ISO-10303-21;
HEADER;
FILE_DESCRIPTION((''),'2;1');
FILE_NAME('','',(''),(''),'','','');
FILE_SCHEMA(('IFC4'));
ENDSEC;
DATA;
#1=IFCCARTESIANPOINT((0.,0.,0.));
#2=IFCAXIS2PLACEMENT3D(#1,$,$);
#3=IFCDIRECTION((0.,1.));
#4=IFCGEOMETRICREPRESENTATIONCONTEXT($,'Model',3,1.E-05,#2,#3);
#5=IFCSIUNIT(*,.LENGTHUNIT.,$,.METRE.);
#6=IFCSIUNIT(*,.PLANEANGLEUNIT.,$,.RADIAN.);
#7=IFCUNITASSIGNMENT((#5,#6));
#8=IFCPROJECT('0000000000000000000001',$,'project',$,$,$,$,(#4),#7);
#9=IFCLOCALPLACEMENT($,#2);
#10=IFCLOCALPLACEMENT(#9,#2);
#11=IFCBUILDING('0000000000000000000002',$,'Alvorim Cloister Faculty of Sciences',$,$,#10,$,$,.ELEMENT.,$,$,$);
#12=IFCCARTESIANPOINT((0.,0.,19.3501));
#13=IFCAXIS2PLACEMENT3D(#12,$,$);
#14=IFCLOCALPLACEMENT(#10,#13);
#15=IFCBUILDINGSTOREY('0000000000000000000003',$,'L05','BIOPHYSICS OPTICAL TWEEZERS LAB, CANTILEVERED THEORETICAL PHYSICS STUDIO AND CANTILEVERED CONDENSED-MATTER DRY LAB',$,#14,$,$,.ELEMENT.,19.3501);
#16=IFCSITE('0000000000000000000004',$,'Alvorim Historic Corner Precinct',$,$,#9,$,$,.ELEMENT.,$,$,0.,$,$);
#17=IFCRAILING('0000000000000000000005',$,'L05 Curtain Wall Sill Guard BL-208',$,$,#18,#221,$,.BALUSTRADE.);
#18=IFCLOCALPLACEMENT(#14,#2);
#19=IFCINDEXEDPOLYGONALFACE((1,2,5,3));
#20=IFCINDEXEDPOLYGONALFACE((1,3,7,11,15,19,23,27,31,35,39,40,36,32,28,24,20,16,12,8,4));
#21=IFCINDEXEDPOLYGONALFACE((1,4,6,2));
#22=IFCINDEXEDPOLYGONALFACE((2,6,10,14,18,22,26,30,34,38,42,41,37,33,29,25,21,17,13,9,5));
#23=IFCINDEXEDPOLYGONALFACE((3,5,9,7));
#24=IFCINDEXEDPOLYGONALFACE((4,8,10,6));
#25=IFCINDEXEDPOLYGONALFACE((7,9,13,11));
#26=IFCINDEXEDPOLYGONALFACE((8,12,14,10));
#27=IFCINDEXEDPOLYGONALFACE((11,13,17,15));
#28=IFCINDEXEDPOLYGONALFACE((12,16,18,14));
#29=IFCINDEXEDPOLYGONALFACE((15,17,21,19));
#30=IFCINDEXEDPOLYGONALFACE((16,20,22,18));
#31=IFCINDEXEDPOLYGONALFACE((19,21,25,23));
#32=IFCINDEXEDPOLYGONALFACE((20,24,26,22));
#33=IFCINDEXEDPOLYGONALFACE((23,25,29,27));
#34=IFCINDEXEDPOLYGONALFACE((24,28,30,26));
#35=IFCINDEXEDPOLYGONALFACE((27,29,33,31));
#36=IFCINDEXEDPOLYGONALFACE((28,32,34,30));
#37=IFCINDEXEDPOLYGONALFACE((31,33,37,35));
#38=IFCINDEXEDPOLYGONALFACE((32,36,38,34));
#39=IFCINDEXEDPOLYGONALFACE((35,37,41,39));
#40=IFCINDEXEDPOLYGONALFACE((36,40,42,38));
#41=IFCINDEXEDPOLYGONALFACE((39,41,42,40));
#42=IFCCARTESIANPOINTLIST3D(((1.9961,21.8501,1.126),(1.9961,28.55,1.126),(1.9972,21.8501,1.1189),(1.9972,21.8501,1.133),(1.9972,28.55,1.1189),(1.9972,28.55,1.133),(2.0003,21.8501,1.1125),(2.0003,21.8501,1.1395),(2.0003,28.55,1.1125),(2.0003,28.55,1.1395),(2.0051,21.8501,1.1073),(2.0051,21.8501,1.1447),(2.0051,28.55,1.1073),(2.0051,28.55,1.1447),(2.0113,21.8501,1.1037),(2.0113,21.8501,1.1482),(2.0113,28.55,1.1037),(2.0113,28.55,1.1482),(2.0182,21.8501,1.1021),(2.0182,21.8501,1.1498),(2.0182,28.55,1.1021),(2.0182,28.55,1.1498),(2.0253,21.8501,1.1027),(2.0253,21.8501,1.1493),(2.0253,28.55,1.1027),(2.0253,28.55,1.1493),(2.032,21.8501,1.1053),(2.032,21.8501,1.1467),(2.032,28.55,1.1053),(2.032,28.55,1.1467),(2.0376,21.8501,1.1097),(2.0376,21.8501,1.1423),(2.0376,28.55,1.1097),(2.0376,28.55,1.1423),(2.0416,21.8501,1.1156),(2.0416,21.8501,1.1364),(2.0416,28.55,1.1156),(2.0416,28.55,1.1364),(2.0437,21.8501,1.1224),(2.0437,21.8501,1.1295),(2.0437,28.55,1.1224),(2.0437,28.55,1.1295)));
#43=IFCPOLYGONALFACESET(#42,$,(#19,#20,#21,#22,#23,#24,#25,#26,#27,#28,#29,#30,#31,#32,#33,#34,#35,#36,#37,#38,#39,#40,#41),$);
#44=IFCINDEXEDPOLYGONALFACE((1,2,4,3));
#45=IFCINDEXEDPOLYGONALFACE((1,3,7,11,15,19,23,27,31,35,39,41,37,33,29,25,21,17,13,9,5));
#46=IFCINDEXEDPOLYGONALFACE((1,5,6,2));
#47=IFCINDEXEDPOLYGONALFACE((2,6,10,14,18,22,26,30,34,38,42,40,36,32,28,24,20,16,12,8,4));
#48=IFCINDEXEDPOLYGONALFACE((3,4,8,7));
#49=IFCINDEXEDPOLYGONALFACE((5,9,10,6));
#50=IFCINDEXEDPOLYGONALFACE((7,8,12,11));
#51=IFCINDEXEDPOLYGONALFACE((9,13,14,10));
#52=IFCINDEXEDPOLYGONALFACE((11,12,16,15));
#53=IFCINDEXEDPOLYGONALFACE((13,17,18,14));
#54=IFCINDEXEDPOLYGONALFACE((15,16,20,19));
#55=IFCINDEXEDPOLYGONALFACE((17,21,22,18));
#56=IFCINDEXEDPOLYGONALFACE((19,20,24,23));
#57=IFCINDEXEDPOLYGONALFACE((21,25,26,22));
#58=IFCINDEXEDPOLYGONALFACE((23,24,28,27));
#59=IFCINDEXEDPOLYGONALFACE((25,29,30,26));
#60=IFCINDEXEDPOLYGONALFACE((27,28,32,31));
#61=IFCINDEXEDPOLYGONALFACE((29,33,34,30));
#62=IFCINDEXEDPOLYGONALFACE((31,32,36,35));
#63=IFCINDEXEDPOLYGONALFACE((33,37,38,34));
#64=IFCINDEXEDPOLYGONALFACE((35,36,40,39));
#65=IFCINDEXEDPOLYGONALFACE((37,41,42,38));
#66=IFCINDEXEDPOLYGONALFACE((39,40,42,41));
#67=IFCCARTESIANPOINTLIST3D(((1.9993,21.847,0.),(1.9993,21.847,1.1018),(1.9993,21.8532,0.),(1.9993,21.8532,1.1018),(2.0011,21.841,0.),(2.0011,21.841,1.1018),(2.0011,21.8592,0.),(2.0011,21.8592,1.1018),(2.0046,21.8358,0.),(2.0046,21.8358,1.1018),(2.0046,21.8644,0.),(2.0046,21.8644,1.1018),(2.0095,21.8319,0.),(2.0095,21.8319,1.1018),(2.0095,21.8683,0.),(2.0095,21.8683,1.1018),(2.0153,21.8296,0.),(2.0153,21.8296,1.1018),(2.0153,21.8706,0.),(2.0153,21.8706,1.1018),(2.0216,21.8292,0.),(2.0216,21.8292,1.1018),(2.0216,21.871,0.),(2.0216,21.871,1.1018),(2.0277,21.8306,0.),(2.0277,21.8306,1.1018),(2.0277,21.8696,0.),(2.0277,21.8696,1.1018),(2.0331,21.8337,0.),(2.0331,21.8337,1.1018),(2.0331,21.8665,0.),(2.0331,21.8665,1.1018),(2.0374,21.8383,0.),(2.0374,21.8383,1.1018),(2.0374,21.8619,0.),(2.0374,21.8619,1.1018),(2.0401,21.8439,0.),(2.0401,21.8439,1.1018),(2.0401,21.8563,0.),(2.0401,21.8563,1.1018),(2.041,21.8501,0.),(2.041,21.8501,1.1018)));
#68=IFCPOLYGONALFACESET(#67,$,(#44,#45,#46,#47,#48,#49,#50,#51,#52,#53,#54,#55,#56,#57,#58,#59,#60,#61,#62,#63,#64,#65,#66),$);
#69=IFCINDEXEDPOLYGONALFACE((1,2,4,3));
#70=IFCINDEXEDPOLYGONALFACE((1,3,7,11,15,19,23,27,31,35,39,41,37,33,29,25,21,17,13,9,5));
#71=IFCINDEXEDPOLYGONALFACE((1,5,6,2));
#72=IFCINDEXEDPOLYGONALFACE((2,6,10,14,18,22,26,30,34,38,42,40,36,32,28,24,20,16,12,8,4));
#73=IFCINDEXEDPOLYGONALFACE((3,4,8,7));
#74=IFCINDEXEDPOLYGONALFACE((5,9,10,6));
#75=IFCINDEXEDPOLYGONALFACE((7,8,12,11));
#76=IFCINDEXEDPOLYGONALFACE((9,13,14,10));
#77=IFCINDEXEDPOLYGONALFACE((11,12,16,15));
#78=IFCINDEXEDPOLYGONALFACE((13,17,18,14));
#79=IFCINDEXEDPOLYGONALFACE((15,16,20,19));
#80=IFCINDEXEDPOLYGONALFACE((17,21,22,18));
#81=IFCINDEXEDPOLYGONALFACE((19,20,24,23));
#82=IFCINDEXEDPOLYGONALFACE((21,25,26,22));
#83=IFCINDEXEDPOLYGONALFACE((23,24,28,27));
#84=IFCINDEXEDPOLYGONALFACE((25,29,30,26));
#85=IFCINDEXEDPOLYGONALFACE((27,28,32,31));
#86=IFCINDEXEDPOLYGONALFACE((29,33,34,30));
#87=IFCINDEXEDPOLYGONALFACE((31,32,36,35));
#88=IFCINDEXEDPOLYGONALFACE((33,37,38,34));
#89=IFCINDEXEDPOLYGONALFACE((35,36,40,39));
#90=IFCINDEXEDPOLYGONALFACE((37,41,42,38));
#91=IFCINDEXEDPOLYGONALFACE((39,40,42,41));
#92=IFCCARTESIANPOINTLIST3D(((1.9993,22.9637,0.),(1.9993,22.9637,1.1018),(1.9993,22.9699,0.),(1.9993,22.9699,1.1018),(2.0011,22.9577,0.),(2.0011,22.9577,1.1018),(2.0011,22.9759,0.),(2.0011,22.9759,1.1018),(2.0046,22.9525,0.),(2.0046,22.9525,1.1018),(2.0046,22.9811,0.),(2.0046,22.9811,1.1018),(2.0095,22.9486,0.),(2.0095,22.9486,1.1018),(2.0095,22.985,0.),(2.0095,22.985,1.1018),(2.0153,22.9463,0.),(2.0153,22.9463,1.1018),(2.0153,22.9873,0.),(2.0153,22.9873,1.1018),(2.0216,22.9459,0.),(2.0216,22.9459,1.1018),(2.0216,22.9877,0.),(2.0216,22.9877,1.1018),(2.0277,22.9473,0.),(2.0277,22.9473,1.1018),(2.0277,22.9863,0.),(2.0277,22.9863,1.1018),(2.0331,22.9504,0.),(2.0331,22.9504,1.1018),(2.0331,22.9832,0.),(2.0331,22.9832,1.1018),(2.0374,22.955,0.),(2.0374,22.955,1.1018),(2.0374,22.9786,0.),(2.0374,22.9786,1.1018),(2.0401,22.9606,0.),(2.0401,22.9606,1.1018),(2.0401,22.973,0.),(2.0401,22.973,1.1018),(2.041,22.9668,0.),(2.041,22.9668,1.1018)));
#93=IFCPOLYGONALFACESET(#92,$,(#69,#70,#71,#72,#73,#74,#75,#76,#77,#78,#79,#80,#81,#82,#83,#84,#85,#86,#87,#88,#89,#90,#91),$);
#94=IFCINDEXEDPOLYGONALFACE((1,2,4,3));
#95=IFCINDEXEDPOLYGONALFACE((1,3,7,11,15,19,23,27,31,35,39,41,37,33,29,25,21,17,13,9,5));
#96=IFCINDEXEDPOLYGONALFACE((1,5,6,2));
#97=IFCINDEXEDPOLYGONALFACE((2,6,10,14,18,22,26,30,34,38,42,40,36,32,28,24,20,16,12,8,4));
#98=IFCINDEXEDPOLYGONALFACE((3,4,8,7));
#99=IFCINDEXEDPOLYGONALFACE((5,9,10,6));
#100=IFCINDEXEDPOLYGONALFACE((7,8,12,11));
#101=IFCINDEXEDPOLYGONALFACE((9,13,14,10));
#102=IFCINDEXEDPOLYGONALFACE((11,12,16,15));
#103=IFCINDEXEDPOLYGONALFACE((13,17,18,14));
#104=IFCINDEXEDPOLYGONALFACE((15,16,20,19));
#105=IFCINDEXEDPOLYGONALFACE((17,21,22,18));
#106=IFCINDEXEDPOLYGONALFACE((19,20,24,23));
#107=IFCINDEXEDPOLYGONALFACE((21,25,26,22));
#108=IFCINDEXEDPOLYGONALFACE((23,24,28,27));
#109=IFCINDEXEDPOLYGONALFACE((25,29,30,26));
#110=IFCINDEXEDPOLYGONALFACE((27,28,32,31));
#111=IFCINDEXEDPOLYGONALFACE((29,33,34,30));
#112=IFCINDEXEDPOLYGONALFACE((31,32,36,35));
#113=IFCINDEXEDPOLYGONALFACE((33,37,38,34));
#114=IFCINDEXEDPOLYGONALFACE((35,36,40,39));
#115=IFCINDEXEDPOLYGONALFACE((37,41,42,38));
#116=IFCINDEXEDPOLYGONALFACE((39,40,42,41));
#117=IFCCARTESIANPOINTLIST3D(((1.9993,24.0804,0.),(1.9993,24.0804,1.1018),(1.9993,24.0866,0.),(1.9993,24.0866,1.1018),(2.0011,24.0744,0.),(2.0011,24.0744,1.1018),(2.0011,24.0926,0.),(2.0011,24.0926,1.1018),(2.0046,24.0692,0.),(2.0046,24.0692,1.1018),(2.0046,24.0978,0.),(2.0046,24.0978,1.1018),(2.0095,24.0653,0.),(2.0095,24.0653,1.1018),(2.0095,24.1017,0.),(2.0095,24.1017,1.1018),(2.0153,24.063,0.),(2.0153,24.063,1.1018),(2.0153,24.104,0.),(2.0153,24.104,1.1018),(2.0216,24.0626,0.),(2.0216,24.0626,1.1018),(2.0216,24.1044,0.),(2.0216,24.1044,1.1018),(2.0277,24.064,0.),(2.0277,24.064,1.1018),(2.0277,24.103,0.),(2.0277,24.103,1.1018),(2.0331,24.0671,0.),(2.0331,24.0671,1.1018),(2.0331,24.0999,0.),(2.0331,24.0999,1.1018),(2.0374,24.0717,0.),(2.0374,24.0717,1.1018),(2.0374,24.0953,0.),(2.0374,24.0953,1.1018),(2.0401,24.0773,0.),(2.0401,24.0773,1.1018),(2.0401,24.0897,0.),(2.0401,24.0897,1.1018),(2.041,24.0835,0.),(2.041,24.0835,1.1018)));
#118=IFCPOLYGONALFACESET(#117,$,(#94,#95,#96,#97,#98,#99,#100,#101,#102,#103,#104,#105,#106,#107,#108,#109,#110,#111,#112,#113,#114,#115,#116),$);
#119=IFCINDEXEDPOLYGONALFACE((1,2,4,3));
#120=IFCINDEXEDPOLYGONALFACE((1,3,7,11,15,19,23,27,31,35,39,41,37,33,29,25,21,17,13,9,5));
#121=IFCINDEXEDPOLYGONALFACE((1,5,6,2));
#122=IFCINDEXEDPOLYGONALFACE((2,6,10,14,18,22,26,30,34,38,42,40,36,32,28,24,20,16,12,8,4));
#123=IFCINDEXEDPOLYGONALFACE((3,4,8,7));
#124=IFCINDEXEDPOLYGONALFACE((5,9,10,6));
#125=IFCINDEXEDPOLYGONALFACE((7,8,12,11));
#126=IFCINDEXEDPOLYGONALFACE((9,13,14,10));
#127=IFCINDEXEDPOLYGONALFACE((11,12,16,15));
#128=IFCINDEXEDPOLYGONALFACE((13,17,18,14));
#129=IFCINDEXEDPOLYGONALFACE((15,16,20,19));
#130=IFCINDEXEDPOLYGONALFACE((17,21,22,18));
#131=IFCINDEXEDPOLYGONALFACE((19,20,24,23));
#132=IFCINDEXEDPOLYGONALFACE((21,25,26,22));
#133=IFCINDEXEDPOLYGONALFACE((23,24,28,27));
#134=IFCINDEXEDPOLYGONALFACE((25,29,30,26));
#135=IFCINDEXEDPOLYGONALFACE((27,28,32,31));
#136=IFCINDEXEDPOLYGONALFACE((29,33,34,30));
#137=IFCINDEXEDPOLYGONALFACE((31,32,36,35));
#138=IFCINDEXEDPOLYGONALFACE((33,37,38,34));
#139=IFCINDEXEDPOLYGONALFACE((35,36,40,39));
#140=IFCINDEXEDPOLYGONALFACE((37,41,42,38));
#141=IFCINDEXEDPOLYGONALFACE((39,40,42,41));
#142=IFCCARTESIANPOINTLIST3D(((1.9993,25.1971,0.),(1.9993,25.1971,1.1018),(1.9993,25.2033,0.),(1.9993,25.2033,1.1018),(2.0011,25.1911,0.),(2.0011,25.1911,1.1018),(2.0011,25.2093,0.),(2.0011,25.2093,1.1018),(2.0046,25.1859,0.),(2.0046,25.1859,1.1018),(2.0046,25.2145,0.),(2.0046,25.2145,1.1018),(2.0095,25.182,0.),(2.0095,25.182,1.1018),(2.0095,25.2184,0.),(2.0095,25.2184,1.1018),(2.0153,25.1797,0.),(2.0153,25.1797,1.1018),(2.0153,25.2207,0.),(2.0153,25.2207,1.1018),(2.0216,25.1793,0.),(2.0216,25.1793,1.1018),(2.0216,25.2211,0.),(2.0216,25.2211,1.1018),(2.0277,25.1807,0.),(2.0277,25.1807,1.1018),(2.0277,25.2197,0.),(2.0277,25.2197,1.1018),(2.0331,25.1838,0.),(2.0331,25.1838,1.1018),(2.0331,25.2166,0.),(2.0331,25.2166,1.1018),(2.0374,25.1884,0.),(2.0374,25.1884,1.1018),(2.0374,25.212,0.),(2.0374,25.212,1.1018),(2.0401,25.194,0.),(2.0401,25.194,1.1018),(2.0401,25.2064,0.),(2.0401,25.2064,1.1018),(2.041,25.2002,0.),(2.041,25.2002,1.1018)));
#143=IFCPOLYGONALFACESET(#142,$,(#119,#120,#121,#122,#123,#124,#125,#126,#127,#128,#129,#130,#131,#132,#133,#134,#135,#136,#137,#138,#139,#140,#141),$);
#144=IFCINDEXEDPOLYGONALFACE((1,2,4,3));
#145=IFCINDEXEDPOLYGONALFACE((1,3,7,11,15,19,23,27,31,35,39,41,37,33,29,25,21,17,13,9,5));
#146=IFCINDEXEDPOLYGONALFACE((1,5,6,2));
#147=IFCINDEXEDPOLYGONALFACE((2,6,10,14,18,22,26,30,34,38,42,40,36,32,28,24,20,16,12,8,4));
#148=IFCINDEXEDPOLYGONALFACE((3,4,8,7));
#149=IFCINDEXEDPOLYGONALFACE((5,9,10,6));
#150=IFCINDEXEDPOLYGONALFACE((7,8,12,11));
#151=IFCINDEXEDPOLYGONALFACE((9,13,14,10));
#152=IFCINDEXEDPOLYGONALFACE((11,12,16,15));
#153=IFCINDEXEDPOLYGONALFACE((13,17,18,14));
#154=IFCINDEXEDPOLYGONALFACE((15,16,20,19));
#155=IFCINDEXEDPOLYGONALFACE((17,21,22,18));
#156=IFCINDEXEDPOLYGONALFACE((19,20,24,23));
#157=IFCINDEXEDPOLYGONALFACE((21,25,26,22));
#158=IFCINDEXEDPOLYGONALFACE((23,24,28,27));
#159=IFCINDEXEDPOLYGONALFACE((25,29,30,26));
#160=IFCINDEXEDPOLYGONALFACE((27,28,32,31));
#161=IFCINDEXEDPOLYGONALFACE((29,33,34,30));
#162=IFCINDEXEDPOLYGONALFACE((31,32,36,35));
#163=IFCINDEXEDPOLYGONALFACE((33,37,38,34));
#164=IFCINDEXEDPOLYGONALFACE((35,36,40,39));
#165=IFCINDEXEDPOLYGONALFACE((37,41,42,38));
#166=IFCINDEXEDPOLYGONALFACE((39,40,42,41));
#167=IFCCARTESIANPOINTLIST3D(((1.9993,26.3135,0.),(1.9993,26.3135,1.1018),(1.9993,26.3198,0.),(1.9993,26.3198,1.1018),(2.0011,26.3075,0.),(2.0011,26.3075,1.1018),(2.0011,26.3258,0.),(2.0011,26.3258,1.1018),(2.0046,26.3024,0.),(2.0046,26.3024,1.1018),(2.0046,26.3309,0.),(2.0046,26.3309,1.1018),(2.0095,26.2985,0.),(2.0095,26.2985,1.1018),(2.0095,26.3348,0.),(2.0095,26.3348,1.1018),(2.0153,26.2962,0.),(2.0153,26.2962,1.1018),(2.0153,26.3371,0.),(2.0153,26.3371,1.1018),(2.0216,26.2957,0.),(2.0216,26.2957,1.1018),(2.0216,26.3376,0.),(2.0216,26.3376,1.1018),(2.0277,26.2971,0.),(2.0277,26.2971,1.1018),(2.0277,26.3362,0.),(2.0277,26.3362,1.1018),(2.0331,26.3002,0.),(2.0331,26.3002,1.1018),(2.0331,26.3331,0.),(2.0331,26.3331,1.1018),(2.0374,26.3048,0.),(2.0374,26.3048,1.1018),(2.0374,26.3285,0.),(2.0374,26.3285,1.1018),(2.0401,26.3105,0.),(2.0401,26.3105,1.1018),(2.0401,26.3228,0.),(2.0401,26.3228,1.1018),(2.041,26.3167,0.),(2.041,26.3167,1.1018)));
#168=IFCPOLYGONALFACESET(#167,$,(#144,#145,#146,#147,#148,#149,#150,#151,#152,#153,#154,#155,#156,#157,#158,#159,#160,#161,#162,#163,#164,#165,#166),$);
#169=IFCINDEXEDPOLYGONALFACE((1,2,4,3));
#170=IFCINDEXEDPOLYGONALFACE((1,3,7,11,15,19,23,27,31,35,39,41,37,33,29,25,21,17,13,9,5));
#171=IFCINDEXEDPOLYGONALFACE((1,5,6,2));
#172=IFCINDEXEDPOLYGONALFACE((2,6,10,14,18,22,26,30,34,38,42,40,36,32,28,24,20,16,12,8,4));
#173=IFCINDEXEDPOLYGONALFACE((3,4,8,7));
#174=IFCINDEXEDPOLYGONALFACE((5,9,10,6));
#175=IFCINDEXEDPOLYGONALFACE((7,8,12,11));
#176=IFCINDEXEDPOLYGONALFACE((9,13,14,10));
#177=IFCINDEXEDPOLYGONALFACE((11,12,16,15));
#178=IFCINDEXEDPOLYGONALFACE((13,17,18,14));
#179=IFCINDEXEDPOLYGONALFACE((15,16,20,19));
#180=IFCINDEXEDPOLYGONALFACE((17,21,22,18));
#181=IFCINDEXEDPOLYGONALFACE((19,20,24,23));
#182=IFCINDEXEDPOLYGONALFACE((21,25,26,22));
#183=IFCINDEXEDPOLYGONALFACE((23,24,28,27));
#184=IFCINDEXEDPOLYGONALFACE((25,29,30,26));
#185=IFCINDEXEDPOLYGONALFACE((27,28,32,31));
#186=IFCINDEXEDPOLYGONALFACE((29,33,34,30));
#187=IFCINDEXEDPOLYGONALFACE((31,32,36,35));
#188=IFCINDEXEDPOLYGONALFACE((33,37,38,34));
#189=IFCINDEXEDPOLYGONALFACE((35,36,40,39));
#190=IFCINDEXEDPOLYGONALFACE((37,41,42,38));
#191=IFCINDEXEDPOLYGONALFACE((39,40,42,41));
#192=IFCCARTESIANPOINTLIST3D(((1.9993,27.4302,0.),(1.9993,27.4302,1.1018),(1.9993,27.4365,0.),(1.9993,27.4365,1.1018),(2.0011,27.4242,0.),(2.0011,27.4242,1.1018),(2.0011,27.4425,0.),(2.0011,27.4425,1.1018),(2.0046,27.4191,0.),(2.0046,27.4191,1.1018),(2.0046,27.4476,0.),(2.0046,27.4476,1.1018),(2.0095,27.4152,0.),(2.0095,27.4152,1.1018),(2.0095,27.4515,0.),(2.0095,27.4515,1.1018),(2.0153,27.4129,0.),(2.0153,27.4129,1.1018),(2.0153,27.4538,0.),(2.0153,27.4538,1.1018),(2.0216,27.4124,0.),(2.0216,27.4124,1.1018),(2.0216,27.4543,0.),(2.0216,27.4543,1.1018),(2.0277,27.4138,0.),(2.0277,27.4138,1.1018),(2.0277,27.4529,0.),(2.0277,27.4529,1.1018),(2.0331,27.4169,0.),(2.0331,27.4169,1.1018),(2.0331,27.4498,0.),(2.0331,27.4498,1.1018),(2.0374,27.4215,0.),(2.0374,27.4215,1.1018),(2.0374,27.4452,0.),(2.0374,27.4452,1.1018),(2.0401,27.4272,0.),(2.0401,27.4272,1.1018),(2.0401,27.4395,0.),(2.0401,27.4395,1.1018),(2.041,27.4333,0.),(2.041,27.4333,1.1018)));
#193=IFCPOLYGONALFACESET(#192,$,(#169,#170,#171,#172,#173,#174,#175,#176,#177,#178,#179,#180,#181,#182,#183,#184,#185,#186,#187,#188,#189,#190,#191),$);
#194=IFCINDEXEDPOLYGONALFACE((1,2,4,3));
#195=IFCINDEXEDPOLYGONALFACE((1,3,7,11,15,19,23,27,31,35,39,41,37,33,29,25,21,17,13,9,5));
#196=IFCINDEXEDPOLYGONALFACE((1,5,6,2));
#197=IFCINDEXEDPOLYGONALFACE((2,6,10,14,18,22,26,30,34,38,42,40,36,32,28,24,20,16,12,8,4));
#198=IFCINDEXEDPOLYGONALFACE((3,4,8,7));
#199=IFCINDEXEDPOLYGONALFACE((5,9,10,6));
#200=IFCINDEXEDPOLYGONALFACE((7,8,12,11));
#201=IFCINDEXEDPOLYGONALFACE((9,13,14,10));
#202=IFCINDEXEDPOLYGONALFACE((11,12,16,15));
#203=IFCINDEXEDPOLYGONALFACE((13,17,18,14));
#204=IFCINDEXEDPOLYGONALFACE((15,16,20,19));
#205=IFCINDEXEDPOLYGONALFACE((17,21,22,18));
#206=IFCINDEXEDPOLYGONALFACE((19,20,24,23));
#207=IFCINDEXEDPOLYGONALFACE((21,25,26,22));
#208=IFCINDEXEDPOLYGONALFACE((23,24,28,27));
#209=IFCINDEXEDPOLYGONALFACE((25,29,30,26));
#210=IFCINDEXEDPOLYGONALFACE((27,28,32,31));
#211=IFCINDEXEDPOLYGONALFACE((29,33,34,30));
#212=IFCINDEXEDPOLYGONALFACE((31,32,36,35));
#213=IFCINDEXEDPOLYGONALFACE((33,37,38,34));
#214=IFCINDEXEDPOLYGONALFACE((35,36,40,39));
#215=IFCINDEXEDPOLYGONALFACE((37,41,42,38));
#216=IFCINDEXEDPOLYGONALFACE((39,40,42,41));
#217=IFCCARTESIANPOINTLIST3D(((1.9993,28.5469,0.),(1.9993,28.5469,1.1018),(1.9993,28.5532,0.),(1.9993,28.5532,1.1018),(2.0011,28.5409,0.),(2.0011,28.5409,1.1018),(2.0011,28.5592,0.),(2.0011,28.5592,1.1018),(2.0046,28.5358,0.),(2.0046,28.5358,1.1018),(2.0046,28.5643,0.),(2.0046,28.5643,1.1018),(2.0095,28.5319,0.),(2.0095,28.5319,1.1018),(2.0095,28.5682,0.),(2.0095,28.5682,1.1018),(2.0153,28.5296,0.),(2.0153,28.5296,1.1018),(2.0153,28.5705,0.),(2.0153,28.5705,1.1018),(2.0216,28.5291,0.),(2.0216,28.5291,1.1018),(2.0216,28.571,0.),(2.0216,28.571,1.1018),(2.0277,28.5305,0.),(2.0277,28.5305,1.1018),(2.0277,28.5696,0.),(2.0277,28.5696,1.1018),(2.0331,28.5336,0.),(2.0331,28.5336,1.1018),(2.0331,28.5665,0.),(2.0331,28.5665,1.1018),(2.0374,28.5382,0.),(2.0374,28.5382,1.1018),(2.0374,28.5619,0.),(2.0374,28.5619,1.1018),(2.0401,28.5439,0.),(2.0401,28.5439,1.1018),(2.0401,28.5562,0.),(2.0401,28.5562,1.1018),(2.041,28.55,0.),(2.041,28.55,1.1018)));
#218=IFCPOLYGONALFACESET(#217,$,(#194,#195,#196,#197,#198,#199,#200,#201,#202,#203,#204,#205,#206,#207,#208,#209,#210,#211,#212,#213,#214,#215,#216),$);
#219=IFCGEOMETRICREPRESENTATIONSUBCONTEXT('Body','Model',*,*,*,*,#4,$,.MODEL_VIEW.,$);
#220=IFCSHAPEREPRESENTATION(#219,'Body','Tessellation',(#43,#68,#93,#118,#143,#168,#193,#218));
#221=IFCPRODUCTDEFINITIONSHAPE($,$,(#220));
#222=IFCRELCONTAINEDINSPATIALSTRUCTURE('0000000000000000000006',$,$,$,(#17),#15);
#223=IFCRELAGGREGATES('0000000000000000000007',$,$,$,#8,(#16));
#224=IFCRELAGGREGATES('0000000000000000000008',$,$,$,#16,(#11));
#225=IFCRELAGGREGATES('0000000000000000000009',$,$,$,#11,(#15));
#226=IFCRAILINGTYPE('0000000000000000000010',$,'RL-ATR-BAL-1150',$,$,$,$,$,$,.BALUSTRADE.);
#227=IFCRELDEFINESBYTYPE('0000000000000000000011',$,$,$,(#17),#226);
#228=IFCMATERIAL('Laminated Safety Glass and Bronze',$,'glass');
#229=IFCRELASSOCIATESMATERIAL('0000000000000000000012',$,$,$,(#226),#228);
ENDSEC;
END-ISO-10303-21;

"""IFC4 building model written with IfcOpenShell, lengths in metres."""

from ifc_helpers import new_model, si_unit, direction, frame, origin, origin_2d, place, context, subcontext, project, spatial, circle, extrude, material, type_object, element, save


model = new_model("IFC4")

# Units and contexts
model_context = context("Model", 3, precision=1e-05, world=origin(), true_north=direction((0.0, 1.0)))
body_context = subcontext(model_context, "Body", "Model", "MODEL_VIEW")
ifc_project = project(units=[si_unit("LENGTHUNIT", "METRE"), si_unit("PLANEANGLEUNIT", "RADIAN")], contexts=[model_context])

# Site, building, storey
site_placement = place(None, origin())
site = spatial("IfcSite", under=ifc_project, at=site_placement, Name="Alvorim Historic Corner Precinct", CompositionType="ELEMENT", RefElevation=0.0)
building_placement = place(site_placement, origin())
building = spatial("IfcBuilding", under=site, at=building_placement, Name="Alvorim Cloister Faculty of Sciences", CompositionType="ELEMENT")
storey_placement = place(building_placement, frame((0.0, 0.0, 19.3501)))
storey = spatial("IfcBuildingStorey", under=building, at=storey_placement, Name="L05", Description="BIOPHYSICS OPTICAL TWEEZERS LAB, CANTILEVERED THEORETICAL PHYSICS STUDIO AND CANTILEVERED CONDENSED-MATTER DRY LAB", CompositionType="ELEMENT", Elevation=19.3501)

# Railing
ifc_material_1 = material(Name="Laminated Safety Glass and Bronze", Category="glass")
railing_type = type_object("IfcRailingType", Name="RL-ATR-BAL-1150", PredefinedType="BALUSTRADE", material=ifc_material_1)
railing_placement = place(storey_placement, frame((2.02, 21.8501, 0.0)))
element("IfcRailing", 1, at=railing_placement, inside=storey, type_object=railing_type, Name="L05 Curtain Wall Sill Guard BL-208", PredefinedType="BALUSTRADE", context=body_context, shape_type="SweptSolid", body=[
    extrude(circle(Radius=0.0239, at=origin_2d()), frame((0.0, 0.0, 1.126), z_axis=(0.0, 1.0, 0.0), x_axis=(-1.0, 0.0, 0.0)), (0.0, 0.0, 1.0), 6.7),
    extrude(circle(Radius=0.021, at=origin_2d()), origin(), (0.0, 0.0, 1.0), 1.1018),
    extrude(circle(Radius=0.021, at=origin_2d()), frame((0.0, 1.1167, 0.0)), (0.0, 0.0, 1.0), 1.1018),
    extrude(circle(Radius=0.021, at=origin_2d()), frame((0.0, 2.2334, 0.0)), (0.0, 0.0, 1.0), 1.1018),
    extrude(circle(Radius=0.021, at=origin_2d()), frame((0.0, 3.3501, 0.0)), (0.0, 0.0, 1.0), 1.1018),
    extrude(circle(Radius=0.021, at=origin_2d()), frame((0.0, 4.4666, 0.0)), (0.0, 0.0, 1.0), 1.1018),
    extrude(circle(Radius=0.021, at=origin_2d()), frame((0.0, 5.5833, 0.0)), (0.0, 0.0, 1.0), 1.1018),
    extrude(circle(Radius=0.021, at=origin_2d()), frame((0.0, 6.7, 0.0)), (0.0, 0.0, 1.0), 1.1018),
])

save(model, "model.ifc")
